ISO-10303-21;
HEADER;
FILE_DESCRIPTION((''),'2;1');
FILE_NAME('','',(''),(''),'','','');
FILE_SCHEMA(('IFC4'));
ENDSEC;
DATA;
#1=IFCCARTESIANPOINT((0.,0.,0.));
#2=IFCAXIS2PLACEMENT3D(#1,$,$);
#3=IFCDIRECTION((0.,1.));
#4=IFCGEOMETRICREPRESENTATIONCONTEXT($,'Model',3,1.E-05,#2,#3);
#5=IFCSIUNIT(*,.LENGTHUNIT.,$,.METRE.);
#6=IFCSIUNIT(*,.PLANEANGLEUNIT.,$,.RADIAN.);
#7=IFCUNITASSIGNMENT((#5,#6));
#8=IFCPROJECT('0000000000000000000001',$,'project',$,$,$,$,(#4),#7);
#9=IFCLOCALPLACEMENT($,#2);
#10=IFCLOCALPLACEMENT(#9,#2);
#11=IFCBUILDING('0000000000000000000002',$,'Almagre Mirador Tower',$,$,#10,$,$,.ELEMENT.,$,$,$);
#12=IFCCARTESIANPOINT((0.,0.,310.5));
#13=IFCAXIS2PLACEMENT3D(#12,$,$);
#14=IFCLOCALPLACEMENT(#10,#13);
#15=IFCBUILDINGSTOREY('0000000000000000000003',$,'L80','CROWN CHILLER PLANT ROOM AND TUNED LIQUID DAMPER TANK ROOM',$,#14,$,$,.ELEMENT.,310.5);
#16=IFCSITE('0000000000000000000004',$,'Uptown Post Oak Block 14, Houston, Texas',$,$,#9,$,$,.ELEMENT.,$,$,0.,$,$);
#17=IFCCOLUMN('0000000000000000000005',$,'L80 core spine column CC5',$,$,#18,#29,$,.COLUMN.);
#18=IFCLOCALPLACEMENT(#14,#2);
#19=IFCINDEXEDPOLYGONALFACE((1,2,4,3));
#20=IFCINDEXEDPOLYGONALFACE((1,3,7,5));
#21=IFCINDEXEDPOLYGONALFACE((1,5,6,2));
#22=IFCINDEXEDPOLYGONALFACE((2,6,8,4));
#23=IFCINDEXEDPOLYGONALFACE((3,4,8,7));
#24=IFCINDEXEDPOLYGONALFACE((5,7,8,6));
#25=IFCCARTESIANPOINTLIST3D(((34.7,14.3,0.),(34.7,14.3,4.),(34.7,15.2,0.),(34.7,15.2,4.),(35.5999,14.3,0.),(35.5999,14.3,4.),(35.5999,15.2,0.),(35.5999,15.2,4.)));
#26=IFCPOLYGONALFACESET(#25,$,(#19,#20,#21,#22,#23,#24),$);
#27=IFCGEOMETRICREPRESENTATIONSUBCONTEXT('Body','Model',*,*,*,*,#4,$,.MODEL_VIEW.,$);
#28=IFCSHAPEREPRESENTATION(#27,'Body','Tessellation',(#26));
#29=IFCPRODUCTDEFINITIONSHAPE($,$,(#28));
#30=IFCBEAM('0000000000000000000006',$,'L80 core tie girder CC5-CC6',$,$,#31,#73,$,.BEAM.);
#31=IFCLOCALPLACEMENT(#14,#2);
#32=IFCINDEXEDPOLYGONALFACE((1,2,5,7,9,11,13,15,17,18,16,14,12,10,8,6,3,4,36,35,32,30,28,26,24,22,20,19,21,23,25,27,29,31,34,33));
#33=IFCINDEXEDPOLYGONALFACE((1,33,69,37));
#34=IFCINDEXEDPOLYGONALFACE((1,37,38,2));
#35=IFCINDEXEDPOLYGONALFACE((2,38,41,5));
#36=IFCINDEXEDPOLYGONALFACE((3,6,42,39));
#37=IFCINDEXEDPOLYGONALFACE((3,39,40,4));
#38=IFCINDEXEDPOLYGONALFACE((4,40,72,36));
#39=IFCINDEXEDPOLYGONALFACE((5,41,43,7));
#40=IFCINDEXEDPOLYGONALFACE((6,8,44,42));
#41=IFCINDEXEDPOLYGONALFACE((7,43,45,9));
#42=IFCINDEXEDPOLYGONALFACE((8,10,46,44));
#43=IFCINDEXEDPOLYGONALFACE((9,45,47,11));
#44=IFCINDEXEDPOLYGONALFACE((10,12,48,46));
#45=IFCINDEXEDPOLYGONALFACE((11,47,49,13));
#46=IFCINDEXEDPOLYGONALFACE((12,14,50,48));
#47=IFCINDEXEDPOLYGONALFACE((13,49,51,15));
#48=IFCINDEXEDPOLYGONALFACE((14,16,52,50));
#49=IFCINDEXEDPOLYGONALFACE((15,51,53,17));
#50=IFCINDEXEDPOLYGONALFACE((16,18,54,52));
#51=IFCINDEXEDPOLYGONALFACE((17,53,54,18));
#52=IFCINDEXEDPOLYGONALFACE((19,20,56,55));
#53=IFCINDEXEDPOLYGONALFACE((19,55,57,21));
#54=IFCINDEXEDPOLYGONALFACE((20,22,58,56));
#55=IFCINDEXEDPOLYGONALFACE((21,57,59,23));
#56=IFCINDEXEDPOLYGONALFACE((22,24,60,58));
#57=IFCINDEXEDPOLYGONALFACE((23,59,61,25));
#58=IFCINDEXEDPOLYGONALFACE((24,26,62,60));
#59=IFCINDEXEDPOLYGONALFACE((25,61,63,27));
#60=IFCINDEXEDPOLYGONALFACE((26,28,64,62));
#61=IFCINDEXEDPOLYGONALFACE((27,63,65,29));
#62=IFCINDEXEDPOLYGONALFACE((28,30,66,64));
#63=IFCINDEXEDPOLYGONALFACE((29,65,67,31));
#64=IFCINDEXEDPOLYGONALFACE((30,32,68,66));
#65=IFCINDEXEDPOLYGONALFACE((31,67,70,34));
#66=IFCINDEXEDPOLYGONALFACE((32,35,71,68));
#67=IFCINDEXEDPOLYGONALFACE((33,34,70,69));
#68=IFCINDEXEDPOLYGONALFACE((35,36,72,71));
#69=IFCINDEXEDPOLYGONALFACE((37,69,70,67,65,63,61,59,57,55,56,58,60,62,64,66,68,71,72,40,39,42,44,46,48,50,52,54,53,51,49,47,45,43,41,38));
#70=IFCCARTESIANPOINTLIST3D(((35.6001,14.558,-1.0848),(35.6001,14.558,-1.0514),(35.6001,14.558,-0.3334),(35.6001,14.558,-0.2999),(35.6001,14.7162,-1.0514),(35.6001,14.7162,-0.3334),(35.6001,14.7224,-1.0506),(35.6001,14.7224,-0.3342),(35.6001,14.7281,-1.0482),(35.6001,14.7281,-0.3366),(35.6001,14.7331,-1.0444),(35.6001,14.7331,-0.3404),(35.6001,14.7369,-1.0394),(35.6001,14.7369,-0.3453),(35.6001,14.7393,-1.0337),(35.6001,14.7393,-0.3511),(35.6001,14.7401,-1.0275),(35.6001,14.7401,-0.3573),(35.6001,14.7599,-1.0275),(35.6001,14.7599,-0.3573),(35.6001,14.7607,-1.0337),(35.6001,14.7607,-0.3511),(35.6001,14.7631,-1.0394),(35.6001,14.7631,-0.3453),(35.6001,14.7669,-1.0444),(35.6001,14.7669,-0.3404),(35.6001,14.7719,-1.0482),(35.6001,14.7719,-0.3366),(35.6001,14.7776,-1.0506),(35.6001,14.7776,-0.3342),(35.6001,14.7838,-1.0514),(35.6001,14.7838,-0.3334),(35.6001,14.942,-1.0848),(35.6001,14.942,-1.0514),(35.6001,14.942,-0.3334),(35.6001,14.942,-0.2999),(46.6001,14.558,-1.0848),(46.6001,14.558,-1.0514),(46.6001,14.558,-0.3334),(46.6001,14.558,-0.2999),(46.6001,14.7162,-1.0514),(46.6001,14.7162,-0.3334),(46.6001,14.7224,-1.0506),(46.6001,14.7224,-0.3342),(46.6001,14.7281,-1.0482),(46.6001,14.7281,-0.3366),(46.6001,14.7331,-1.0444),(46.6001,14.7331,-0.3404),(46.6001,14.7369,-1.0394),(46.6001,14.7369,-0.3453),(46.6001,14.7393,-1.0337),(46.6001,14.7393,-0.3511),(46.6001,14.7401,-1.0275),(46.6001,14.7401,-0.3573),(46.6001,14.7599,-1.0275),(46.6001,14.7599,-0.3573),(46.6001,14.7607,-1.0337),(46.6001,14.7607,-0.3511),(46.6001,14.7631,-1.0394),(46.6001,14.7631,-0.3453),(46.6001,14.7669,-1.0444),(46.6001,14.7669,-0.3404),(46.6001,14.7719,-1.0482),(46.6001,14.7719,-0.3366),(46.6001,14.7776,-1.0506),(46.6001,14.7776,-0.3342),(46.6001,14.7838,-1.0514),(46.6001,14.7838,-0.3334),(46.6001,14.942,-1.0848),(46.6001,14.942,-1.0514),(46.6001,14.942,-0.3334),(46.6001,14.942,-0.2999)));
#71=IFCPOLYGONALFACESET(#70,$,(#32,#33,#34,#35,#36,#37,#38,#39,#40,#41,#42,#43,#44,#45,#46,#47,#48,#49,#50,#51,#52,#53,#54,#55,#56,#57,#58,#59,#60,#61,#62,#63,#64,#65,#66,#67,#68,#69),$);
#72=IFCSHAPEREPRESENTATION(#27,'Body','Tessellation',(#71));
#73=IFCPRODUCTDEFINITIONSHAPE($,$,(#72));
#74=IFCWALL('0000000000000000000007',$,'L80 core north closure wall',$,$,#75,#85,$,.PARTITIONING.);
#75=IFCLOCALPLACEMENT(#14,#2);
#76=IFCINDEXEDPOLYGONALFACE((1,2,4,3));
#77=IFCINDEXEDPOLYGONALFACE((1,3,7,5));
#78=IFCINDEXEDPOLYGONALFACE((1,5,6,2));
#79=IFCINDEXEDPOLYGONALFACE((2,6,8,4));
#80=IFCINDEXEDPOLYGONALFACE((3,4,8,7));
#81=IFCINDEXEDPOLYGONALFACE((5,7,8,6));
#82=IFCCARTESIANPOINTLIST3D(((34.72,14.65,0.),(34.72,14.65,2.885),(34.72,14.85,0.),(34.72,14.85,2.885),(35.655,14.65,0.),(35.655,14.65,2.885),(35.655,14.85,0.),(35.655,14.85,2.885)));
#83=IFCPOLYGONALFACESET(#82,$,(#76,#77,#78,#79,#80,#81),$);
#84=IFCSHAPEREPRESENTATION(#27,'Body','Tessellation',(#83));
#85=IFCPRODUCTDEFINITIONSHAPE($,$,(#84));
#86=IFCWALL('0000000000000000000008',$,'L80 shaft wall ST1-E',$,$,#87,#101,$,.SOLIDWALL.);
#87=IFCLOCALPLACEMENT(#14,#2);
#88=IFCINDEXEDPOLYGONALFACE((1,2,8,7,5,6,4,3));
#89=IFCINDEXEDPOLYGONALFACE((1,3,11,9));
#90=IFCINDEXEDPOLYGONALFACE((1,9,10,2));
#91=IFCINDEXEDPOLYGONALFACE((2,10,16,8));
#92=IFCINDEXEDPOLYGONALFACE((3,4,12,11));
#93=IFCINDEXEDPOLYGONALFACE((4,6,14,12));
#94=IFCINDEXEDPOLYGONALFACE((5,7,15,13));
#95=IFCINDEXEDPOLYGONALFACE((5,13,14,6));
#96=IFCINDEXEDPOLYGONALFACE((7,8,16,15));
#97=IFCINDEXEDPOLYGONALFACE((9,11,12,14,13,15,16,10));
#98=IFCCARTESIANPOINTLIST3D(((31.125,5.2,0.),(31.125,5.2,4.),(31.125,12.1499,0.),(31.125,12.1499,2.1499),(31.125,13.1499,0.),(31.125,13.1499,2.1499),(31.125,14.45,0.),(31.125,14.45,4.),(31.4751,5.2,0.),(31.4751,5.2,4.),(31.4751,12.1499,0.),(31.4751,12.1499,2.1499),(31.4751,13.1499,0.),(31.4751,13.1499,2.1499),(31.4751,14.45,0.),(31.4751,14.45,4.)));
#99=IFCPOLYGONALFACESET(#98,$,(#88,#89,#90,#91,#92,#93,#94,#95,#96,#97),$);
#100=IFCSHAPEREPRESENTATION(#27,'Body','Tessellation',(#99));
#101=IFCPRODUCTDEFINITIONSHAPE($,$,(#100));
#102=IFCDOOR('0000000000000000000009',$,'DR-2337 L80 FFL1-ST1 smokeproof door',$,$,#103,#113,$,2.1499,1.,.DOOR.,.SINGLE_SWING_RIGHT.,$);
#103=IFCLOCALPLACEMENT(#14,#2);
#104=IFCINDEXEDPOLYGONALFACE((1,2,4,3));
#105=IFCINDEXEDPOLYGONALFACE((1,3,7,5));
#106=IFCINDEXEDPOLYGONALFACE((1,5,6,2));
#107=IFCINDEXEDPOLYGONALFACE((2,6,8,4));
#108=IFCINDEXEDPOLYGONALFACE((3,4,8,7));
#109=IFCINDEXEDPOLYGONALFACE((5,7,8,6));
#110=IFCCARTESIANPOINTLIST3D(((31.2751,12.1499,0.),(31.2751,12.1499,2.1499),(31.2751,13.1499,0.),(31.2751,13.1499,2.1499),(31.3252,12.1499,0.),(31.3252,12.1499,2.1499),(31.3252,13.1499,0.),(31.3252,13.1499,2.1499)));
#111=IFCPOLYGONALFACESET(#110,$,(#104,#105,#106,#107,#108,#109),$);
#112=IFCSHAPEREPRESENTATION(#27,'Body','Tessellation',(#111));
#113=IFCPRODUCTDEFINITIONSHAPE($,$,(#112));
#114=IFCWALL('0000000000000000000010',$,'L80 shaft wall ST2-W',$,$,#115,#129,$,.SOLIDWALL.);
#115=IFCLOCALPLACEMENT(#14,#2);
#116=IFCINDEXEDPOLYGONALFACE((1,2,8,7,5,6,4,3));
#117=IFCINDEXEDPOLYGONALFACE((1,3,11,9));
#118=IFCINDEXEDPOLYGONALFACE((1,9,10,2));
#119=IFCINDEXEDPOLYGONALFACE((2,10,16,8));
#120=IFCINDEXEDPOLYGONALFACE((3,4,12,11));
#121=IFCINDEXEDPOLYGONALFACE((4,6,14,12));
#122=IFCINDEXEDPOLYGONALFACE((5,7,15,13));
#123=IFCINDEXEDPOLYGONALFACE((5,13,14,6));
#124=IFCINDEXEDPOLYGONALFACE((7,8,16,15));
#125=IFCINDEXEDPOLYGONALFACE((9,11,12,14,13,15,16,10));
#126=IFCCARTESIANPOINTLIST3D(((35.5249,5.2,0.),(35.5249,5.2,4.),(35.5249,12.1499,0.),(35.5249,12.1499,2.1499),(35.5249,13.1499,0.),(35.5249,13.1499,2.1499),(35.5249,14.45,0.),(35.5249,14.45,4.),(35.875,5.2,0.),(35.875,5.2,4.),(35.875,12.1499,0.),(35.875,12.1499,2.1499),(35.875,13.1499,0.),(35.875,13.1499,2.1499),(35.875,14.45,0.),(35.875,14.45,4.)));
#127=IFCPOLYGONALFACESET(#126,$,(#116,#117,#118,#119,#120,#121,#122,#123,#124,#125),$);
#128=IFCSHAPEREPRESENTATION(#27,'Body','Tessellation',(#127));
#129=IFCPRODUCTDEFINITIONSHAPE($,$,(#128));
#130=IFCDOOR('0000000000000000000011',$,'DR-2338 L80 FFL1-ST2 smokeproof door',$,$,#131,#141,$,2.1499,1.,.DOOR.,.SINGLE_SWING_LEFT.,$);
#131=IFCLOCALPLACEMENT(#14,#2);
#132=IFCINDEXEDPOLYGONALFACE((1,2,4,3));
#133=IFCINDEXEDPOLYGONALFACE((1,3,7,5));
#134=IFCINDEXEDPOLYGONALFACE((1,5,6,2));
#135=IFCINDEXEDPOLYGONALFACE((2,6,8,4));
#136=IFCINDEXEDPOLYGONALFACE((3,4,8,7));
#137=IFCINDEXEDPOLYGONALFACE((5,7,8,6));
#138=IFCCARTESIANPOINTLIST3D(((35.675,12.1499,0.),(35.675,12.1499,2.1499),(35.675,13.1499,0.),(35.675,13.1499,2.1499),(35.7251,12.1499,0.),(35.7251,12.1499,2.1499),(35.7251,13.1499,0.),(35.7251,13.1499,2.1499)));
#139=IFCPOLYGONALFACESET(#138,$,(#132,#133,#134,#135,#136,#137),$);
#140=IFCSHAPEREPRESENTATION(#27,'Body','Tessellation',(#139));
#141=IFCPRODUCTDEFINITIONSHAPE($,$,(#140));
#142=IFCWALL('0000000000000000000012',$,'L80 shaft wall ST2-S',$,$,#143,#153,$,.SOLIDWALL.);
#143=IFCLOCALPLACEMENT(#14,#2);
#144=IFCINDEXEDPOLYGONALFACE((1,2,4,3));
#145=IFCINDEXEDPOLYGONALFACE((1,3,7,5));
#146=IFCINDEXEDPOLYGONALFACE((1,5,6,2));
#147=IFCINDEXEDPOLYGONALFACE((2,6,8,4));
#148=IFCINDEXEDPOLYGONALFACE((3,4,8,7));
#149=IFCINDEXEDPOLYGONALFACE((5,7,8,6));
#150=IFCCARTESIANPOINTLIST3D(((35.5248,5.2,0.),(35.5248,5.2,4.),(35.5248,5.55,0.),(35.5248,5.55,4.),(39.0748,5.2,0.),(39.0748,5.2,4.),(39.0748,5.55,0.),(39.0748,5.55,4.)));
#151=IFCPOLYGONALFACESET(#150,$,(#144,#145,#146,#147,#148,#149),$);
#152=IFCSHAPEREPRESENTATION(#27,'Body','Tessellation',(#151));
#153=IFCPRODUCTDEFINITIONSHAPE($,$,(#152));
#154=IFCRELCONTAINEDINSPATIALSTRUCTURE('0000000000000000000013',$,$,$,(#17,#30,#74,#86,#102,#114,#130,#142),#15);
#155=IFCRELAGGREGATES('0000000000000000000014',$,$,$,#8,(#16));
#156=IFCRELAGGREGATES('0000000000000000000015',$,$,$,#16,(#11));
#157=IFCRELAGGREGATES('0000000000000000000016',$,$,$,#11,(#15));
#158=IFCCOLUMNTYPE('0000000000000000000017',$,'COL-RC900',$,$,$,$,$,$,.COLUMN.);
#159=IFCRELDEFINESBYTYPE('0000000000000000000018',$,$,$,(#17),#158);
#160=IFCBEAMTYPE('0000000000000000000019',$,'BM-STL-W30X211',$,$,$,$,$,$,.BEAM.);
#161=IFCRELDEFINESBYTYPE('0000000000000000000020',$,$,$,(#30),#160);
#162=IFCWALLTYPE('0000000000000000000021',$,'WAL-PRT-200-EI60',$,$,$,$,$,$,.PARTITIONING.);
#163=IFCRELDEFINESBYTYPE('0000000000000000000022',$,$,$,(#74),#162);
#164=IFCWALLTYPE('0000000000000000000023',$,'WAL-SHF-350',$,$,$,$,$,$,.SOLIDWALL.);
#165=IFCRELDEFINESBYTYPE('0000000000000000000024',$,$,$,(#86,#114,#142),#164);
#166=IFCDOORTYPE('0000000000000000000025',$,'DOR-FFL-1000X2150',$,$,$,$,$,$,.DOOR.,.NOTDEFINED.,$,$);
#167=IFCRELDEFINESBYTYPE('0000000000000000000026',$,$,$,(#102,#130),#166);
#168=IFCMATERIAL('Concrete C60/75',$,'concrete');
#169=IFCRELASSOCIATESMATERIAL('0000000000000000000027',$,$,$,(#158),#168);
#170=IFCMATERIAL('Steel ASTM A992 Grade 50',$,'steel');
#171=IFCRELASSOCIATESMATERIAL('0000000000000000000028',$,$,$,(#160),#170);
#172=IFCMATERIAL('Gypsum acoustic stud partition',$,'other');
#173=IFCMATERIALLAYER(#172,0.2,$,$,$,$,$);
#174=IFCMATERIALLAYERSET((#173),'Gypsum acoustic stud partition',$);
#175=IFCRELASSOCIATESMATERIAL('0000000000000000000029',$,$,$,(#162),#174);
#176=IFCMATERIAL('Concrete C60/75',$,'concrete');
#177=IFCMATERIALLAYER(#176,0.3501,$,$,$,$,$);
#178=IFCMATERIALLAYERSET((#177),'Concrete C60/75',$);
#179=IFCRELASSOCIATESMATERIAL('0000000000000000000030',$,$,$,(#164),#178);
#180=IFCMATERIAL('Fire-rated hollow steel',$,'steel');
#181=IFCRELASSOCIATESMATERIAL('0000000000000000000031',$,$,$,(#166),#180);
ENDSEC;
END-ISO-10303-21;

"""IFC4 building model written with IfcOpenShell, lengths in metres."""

from ifc_helpers import new_model, si_unit, direction, frame, frame_2d, origin, origin_2d, place, context, subcontext, project, spatial, rectangle, i_section, extrude, material, layer, layer_set, material_profile, profile_set, type_object, element, fill, save


model = new_model("IFC4")

# Units and contexts
model_context = context("Model", 3, precision=1e-05, world=origin(), true_north=direction((0.0, 1.0)))
body_context = subcontext(model_context, "Body", "Model", "MODEL_VIEW")
ifc_project = project(units=[si_unit("LENGTHUNIT", "METRE"), si_unit("PLANEANGLEUNIT", "RADIAN")], contexts=[model_context])

# Site, building, storey
site_placement = place(None, origin())
site = spatial("IfcSite", under=ifc_project, at=site_placement, Name="Uptown Post Oak Block 14, Houston, Texas", CompositionType="ELEMENT", RefElevation=0.0)
building_placement = place(site_placement, origin())
building = spatial("IfcBuilding", under=site, at=building_placement, Name="Almagre Mirador Tower", CompositionType="ELEMENT")
storey_placement = place(building_placement, frame((0.0, 0.0, 310.5)))
storey = spatial("IfcBuildingStorey", under=building, at=storey_placement, Name="L80", Description="CROWN CHILLER PLANT ROOM AND TUNED LIQUID DAMPER TANK ROOM", CompositionType="ELEMENT", Elevation=310.5)

# Column
ifc_material_1 = material(Name="Concrete C60/75", Category="concrete")
ifc_material_profile_1 = material_profile(ifc_material_1, rectangle(XDim=0.8999, YDim=0.8999, at=origin_2d()), Name="RC900X900")
ifc_profile_set_1 = profile_set([ifc_material_profile_1], Name="Concrete C60/75")
column_type = type_object("IfcColumnType", Name="COL-RC900", PredefinedType="COLUMN", material=ifc_profile_set_1)
column_placement = place(storey_placement, frame((35.1499, 14.75, 0.0), z_axis=(0.0, 0.0, 1.0), x_axis=(1.0, 0.0, 0.0)))
element("IfcColumn", 1, at=column_placement, inside=storey, type_object=column_type, Name="L80 core spine column CC5", PredefinedType="COLUMN", context=body_context, shape_type="SweptSolid", body=[
    extrude(rectangle(XDim=0.8999, YDim=0.8999, at=origin_2d()), origin(), (0.0, 0.0, 1.0), 4.0),
])

# Beam
ifc_material_2 = material(Name="Steel ASTM A992 Grade 50", Category="steel")
ifc_material_profile_2 = material_profile(ifc_material_2, i_section(OverallWidth=0.384, OverallDepth=0.7849, WebThickness=0.0198, FlangeThickness=0.0334, FilletRadius=0.0239, at=origin_2d()), Name="W30X211")
ifc_profile_set_2 = profile_set([ifc_material_profile_2], Name="Steel ASTM A992 Grade 50")
beam_type = type_object("IfcBeamType", Name="BM-STL-W30X211", PredefinedType="BEAM", material=ifc_profile_set_2)
beam_placement = place(storey_placement, frame((35.6001, 14.75, -0.6924), z_axis=(1.0, 0.0, 0.0), x_axis=(0.0, 1.0, 0.0)))
element("IfcBeam", 2, at=beam_placement, inside=storey, type_object=beam_type, Name="L80 core tie girder CC5-CC6", PredefinedType="BEAM", context=body_context, shape_type="SweptSolid", body=[
    extrude(i_section(OverallWidth=0.384, OverallDepth=0.7849, WebThickness=0.0198, FlangeThickness=0.0334, FilletRadius=0.0239, at=origin_2d()), origin(), (0.0, 0.0, 1.0), 11.0),
])

# Wall
ifc_material_3 = material(Name="Gypsum acoustic stud partition", Category="other")
ifc_layer_1 = layer(ifc_material_3, 0.2)
ifc_layer_set_1 = layer_set([ifc_layer_1], Name="Gypsum acoustic stud partition")
wall_type_1 = type_object("IfcWallType", Name="WAL-PRT-200-EI60", PredefinedType="PARTITIONING", material=ifc_layer_set_1)
wall_1_placement = place(storey_placement, frame((34.72, 14.75, 0.0), z_axis=(0.0, 0.0, 1.0), x_axis=(1.0, 0.0, 0.0)))
element("IfcWall", 3, at=wall_1_placement, inside=storey, type_object=wall_type_1, Name="L80 core north closure wall", PredefinedType="PARTITIONING", context=body_context, shape_type="SweptSolid", body=[
    extrude(rectangle(XDim=0.9351, YDim=0.2, at=frame_2d((0.4675, 0.0))), origin(), (0.0, 0.0, 1.0), 2.885),
])

# Walls, openings, doors
ifc_material_4 = material(Name="Concrete C60/75", Category="concrete")
ifc_layer_2 = layer(ifc_material_4, 0.3501)
ifc_layer_set_2 = layer_set([ifc_layer_2], Name="Concrete C60/75")
wall_type_2 = type_object("IfcWallType", Name="WAL-SHF-350", PredefinedType="SOLIDWALL", material=ifc_layer_set_2)
wall_2_placement = place(storey_placement, frame((31.3, 5.2, 0.0), z_axis=(0.0, 0.0, 1.0), x_axis=(0.0, 1.0, 0.0)))
wall_2 = element("IfcWall", 4, at=wall_2_placement, inside=storey, type_object=wall_type_2, Name="L80 shaft wall ST1-E", PredefinedType="SOLIDWALL", context=body_context, shape_type="SweptSolid", body=[
    extrude(rectangle(XDim=9.25, YDim=0.3501, at=frame_2d((4.625, 0.0))), origin(), (0.0, 0.0, 1.0), 4.0),
])
opening_1_placement = place(wall_2_placement, frame((6.95, 0.0, 0.0)))
opening_1 = element("IfcOpeningElement", 5, at=opening_1_placement, cuts=wall_2, PredefinedType="OPENING", context=body_context, shape_type="SweptSolid", body=[
    extrude(rectangle(XDim=1.0, YDim=2.1499, at=frame_2d((0.5, 1.075))), frame((0.0, 0.185, 0.0), z_axis=(0.0, -1.0, 0.0), x_axis=(1.0, 0.0, 0.0)), (0.0, 0.0, 1.0), 0.3701),
])
ifc_material_5 = material(Name="Fire-rated hollow steel", Category="steel")
door_type_1 = type_object("IfcDoorType", Name="DOR-FFL-1000X2150", OperationType="NOTDEFINED", PredefinedType="DOOR", material=ifc_material_5)
door_1_placement = place(opening_1_placement, origin())
door_1 = element("IfcDoor", 6, at=door_1_placement, inside=storey, type_object=door_type_1, Name="DR-2337 L80 FFL1-ST1 smokeproof door", OperationType="SINGLE_SWING_RIGHT", OverallHeight=2.1499, OverallWidth=1.0, PredefinedType="DOOR", context=body_context, shape_type="SweptSolid", body=[
    extrude(rectangle(XDim=1.0, YDim=2.1499, at=frame_2d((0.5, 1.075))), frame((0.0, 0.0249, 0.0), z_axis=(0.0, -1.0, 0.0), x_axis=(1.0, 0.0, 0.0)), (0.0, 0.0, 1.0), 0.05),
])
fill(opening_1, door_1)
wall_3_placement = place(storey_placement, frame((35.7, 5.2, 0.0), z_axis=(0.0, 0.0, 1.0), x_axis=(0.0, 1.0, 0.0)))
wall_3 = element("IfcWall", 7, at=wall_3_placement, inside=storey, type_object=wall_type_2, Name="L80 shaft wall ST2-W", PredefinedType="SOLIDWALL", context=body_context, shape_type="SweptSolid", body=[
    extrude(rectangle(XDim=9.25, YDim=0.3501, at=frame_2d((4.625, 0.0))), origin(), (0.0, 0.0, 1.0), 4.0),
])
opening_2_placement = place(wall_3_placement, frame((6.95, 0.0, 0.0)))
opening_2 = element("IfcOpeningElement", 8, at=opening_2_placement, cuts=wall_3, PredefinedType="OPENING", context=body_context, shape_type="SweptSolid", body=[
    extrude(rectangle(XDim=1.0, YDim=2.1499, at=frame_2d((0.5, 1.075))), frame((0.0, 0.185, 0.0), z_axis=(0.0, -1.0, 0.0), x_axis=(1.0, 0.0, 0.0)), (0.0, 0.0, 1.0), 0.3701),
])
door_2_placement = place(opening_2_placement, origin())
door_2 = element("IfcDoor", 9, at=door_2_placement, inside=storey, type_object=door_type_1, Name="DR-2338 L80 FFL1-ST2 smokeproof door", OperationType="SINGLE_SWING_LEFT", OverallHeight=2.1499, OverallWidth=1.0, PredefinedType="DOOR", context=body_context, shape_type="SweptSolid", body=[
    extrude(rectangle(XDim=1.0, YDim=2.1499, at=frame_2d((0.5, 1.075))), frame((0.0, 0.0249, 0.0), z_axis=(0.0, -1.0, 0.0), x_axis=(1.0, 0.0, 0.0)), (0.0, 0.0, 1.0), 0.05),
])
fill(opening_2, door_2)

# Wall
wall_4_placement = place(storey_placement, frame((35.5249, 5.375, 0.0), z_axis=(0.0, 0.0, 1.0), x_axis=(1.0, 0.0, 0.0)))
element("IfcWall", 10, at=wall_4_placement, inside=storey, type_object=wall_type_2, Name="L80 shaft wall ST2-S", PredefinedType="SOLIDWALL", context=body_context, shape_type="SweptSolid", body=[
    extrude(rectangle(XDim=3.55, YDim=0.3501, at=frame_2d((1.7749, 0.0))), origin(), (0.0, 0.0, 1.0), 4.0),
])

save(model, "model.ifc")
